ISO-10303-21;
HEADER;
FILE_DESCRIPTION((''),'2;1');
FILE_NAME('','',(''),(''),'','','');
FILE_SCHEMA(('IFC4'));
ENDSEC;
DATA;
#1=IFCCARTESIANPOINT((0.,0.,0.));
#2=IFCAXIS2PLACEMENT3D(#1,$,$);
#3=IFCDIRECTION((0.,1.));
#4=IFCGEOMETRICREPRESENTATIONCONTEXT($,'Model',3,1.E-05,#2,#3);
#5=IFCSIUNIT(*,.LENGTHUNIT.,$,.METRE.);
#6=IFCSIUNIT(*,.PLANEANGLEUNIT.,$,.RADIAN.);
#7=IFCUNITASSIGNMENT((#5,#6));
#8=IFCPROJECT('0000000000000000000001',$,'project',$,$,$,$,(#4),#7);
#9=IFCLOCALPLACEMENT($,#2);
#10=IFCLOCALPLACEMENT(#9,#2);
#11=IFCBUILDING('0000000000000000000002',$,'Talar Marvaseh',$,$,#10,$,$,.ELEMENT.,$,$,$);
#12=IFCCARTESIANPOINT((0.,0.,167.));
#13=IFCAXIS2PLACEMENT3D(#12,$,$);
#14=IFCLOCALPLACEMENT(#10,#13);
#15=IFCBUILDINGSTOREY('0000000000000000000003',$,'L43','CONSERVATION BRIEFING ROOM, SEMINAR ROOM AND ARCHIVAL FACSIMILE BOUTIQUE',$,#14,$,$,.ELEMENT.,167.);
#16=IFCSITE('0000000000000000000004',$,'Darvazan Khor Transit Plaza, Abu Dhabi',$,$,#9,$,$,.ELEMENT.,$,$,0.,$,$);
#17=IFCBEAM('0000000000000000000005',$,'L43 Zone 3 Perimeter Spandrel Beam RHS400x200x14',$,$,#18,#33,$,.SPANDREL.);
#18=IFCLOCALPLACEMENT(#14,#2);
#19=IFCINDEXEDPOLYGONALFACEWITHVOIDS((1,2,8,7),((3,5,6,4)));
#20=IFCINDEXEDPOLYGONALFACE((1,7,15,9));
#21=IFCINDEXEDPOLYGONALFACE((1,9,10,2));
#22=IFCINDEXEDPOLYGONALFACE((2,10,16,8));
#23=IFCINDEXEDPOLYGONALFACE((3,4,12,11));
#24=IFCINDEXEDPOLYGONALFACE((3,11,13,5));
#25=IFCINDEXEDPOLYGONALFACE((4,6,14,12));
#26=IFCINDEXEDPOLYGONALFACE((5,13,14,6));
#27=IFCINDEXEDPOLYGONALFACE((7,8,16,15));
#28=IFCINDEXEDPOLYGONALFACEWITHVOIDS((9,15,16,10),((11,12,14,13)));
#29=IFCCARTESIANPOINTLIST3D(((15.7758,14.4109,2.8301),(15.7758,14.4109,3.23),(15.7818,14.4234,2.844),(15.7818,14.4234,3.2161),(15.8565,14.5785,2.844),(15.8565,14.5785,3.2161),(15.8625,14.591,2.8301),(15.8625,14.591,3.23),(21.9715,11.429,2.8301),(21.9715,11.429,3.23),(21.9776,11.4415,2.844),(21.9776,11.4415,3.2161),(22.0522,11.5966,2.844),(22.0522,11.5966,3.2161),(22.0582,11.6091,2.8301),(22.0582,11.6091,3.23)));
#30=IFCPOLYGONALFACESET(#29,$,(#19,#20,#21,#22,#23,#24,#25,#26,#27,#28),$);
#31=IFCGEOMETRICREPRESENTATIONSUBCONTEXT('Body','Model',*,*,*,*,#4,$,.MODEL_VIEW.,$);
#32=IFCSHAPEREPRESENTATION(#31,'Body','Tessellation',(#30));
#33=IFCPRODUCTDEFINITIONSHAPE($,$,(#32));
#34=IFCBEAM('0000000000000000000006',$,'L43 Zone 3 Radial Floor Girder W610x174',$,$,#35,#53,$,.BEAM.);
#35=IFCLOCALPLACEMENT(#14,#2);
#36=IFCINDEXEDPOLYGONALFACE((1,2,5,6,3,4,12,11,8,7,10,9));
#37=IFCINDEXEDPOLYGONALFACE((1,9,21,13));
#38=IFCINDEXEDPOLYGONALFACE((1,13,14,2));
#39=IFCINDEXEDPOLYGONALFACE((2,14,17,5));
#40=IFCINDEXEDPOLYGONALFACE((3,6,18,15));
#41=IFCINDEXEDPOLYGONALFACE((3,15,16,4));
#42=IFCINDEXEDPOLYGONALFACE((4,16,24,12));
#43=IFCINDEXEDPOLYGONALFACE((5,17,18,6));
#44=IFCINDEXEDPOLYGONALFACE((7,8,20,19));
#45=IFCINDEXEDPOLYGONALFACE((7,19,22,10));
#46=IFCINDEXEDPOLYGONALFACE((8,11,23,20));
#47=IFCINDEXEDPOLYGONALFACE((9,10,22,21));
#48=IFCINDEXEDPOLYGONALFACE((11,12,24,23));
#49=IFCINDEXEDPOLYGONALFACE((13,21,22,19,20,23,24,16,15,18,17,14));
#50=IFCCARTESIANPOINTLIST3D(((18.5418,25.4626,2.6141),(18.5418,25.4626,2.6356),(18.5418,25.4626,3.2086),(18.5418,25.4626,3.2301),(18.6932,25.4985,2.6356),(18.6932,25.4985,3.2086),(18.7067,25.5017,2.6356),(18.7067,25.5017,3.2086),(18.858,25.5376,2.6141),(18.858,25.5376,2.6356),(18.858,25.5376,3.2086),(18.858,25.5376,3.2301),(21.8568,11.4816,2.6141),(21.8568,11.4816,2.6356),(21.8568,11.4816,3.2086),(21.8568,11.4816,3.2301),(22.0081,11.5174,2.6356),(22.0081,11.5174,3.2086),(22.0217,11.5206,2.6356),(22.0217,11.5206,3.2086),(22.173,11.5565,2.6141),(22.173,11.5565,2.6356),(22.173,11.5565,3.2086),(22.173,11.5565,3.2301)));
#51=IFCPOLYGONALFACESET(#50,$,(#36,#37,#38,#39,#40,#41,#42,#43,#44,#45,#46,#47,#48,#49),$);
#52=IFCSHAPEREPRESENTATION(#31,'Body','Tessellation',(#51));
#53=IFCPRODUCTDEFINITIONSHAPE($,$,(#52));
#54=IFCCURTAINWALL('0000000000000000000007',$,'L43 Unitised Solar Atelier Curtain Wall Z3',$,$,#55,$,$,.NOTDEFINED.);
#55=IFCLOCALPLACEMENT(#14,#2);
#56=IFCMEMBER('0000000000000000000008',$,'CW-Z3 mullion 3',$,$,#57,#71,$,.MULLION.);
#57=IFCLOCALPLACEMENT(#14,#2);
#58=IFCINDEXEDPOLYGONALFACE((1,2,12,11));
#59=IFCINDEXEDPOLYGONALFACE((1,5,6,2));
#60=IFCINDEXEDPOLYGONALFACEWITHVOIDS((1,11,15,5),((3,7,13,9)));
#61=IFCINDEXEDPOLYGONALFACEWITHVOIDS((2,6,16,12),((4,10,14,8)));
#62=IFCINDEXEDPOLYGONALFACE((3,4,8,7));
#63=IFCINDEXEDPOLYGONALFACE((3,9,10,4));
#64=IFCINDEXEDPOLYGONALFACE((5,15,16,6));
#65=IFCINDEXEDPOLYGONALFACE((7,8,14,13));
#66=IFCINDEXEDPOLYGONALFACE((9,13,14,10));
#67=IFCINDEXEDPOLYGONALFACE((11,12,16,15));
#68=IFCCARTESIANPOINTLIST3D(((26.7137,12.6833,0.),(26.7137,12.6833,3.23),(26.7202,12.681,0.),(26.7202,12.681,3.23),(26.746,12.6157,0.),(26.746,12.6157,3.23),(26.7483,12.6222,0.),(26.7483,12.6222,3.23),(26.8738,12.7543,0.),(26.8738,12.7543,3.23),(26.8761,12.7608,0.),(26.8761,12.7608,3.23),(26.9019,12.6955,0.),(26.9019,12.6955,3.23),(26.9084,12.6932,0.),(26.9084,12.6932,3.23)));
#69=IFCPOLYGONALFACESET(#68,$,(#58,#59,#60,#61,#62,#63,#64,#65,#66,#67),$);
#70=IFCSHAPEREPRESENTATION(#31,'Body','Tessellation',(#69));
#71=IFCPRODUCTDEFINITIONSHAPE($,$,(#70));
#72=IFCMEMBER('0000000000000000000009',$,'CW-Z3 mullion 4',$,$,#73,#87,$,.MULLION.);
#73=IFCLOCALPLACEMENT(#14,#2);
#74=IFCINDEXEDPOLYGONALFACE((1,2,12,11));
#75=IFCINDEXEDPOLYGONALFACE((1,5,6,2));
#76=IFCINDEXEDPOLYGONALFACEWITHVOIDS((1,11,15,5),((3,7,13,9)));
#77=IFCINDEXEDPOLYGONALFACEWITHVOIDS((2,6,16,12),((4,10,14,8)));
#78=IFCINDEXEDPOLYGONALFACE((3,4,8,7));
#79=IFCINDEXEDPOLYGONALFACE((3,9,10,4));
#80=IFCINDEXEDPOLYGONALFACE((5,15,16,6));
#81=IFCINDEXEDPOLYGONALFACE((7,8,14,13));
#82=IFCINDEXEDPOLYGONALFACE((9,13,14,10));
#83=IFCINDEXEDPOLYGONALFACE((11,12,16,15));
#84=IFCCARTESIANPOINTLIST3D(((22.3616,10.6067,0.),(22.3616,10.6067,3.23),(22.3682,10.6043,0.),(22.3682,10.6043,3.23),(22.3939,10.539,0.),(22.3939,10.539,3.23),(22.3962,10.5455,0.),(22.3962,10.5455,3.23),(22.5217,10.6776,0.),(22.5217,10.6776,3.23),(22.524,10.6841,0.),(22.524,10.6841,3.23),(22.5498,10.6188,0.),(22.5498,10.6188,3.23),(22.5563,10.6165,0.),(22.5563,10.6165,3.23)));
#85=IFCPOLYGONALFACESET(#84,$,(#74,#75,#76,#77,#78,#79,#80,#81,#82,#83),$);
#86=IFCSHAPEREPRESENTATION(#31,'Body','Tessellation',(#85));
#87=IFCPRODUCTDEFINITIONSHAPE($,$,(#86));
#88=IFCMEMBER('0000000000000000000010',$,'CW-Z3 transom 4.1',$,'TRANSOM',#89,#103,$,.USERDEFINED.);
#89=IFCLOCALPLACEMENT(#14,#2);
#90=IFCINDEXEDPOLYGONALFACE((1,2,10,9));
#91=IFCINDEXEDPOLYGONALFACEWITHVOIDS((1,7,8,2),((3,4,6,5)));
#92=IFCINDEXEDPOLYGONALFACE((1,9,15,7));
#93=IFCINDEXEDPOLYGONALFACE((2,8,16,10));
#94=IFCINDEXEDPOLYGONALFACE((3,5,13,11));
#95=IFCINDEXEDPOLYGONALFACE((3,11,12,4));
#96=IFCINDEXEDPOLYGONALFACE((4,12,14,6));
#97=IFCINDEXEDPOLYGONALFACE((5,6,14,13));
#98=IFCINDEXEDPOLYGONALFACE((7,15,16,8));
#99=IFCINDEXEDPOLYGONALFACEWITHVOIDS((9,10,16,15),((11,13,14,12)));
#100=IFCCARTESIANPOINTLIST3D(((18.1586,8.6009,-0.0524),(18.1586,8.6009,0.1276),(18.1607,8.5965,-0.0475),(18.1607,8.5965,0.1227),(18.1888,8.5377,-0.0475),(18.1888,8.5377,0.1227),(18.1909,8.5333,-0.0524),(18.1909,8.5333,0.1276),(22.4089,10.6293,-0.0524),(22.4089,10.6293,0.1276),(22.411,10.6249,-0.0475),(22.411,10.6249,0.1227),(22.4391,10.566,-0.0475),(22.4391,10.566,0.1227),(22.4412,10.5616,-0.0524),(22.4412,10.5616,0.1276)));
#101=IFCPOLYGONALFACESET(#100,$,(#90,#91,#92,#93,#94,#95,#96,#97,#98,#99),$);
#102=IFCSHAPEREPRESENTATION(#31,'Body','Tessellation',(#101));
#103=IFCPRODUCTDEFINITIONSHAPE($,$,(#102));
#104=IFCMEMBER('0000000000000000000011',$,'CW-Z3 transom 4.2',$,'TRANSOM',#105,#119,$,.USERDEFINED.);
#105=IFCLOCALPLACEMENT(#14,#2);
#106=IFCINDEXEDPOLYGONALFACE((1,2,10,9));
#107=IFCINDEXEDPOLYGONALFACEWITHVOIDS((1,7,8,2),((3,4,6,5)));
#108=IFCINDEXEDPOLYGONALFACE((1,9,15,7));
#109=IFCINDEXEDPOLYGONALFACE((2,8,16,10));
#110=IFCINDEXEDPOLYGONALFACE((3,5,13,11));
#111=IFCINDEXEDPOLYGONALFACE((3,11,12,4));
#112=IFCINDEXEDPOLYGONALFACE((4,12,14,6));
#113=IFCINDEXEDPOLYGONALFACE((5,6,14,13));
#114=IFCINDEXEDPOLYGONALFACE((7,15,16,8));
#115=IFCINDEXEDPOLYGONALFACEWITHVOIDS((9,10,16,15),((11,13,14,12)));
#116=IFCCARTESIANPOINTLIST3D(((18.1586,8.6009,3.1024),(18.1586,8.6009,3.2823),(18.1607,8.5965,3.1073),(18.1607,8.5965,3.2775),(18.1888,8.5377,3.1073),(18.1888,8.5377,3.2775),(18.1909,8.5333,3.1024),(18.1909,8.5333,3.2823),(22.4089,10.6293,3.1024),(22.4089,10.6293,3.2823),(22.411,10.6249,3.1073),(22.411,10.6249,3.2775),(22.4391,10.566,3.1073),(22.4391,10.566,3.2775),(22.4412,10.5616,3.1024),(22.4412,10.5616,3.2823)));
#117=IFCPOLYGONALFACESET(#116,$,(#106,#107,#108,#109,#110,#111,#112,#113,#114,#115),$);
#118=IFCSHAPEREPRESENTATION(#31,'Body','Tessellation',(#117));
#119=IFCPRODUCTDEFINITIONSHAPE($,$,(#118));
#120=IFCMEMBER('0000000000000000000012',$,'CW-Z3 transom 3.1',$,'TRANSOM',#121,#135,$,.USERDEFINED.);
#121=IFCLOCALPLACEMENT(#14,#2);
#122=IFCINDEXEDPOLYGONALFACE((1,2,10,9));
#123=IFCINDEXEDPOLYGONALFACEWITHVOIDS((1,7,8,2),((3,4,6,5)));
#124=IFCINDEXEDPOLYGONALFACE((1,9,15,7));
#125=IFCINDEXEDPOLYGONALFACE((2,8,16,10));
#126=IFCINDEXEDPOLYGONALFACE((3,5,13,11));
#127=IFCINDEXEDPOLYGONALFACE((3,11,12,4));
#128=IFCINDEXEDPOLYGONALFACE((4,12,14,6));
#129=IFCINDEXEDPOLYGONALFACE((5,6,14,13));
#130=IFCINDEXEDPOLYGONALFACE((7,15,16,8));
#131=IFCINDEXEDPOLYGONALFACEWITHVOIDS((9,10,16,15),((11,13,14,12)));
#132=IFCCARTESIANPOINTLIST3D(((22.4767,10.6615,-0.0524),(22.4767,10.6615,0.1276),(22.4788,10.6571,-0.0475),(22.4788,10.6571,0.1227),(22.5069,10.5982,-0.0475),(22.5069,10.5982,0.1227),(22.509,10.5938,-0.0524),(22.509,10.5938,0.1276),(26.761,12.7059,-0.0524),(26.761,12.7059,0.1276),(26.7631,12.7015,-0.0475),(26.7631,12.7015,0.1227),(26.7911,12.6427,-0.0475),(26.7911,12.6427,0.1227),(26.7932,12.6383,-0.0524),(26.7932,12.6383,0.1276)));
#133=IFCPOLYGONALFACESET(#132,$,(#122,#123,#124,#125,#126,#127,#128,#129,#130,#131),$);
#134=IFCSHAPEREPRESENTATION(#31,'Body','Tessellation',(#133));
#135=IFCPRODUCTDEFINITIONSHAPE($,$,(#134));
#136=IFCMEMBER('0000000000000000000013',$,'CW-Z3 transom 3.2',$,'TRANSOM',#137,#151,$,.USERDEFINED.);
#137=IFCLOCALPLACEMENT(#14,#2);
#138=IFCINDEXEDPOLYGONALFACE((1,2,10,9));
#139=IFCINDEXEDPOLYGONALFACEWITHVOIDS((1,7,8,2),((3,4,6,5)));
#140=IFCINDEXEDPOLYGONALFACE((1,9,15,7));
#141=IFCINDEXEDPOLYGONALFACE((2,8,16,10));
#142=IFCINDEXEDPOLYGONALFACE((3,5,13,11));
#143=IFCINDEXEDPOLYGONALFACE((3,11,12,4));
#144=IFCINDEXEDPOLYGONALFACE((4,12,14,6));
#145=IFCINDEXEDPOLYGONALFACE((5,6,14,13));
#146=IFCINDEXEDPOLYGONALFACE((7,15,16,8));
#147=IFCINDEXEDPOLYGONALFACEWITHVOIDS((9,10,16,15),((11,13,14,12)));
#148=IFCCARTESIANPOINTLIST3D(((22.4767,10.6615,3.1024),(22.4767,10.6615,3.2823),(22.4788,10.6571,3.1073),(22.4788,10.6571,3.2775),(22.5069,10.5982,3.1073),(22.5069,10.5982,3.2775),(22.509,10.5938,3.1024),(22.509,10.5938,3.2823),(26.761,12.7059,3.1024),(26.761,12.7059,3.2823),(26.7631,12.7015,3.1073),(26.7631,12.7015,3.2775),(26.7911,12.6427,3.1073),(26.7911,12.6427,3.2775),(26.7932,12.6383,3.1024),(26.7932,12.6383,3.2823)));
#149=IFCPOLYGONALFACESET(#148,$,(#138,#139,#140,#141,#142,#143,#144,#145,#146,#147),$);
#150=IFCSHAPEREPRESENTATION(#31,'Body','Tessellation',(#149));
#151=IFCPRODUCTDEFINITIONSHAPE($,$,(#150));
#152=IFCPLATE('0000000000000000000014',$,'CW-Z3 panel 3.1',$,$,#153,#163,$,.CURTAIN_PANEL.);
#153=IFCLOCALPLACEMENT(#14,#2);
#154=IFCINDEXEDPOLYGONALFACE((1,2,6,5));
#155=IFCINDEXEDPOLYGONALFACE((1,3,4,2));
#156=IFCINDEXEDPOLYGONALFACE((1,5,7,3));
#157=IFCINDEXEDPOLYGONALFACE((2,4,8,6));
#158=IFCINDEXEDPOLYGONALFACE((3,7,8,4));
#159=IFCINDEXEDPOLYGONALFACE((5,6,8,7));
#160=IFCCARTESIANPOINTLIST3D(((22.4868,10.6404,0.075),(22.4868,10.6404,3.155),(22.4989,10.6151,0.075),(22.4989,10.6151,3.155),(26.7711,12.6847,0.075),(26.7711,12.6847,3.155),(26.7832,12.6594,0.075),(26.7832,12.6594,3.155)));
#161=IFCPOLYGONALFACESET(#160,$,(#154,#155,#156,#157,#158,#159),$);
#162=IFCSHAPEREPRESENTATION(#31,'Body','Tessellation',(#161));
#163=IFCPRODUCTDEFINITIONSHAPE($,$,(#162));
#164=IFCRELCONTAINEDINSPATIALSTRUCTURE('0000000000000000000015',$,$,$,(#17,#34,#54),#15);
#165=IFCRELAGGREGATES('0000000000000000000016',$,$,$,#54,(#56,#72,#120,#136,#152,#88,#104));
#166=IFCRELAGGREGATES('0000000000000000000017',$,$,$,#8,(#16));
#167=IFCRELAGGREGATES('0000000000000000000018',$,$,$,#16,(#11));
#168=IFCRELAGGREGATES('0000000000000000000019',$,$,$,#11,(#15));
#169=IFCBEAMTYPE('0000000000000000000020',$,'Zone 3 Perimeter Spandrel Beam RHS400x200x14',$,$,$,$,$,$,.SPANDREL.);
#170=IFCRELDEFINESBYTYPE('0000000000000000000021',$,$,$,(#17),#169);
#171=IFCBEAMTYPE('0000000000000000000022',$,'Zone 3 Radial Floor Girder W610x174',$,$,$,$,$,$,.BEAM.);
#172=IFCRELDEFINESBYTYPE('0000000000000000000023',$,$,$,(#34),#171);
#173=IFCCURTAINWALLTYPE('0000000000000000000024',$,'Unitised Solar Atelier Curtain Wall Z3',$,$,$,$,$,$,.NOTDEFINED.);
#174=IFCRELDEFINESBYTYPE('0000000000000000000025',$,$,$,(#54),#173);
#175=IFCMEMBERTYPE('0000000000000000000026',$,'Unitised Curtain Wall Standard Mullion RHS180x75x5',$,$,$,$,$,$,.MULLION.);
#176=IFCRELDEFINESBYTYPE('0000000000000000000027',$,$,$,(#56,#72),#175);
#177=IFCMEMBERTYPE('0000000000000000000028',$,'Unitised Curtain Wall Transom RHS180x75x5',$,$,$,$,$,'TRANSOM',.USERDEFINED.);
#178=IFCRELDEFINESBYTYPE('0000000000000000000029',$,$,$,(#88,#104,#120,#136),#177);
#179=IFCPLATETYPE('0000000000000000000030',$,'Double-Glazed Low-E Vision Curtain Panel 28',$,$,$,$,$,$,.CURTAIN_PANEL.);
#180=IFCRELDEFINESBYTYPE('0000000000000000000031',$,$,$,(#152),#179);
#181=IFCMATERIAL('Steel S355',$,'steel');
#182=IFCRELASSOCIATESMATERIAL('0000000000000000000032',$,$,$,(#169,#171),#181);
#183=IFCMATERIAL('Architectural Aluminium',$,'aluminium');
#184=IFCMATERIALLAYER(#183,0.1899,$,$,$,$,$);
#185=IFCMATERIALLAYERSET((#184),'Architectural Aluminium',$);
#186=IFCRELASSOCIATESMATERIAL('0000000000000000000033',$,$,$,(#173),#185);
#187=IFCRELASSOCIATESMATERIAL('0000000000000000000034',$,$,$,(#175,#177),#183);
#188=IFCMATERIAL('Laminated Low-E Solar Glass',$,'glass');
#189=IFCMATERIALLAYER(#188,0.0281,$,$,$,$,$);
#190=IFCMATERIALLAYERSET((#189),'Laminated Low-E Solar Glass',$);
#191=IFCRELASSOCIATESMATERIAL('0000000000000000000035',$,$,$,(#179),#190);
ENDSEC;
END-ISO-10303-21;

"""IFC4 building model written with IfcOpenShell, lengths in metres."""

from ifc_helpers import new_model, si_unit, direction, frame, origin, origin_2d, place, context, subcontext, project, spatial, rectangle, hollow_rectangle, i_section, extrude, source, transform, mapped, material, layer, layer_set, material_profile, profile_set, type_object, type_shapes, element, aggregate, save


model = new_model("IFC4")

# Units and contexts
model_context = context("Model", 3, precision=1e-05, world=origin(), true_north=direction((0.0, 1.0)))
body_context = subcontext(model_context, "Body", "Model", "MODEL_VIEW")
ifc_project = project(units=[si_unit("LENGTHUNIT", "METRE"), si_unit("PLANEANGLEUNIT", "RADIAN")], contexts=[model_context])

# Site, building, storey
site_placement = place(None, origin())
site = spatial("IfcSite", under=ifc_project, at=site_placement, Name="Darvazan Khor Transit Plaza, Abu Dhabi", CompositionType="ELEMENT", RefElevation=0.0)
building_placement = place(site_placement, origin())
building = spatial("IfcBuilding", under=site, at=building_placement, Name="Talar Marvaseh", CompositionType="ELEMENT")
storey_placement = place(building_placement, frame((0.0, 0.0, 167.0)))
storey = spatial("IfcBuildingStorey", under=building, at=storey_placement, Name="L43", Description="CONSERVATION BRIEFING ROOM, SEMINAR ROOM AND ARCHIVAL FACSIMILE BOUTIQUE", CompositionType="ELEMENT", Elevation=167.0)

# Beams
ifc_material_1 = material(Name="Steel S355", Category="steel")
ifc_material_profile_1 = material_profile(ifc_material_1, hollow_rectangle(XDim=0.2, YDim=0.3999, WallThickness=0.0139, at=origin_2d()), Name="RHS400x200x14")
ifc_profile_set_1 = profile_set([ifc_material_profile_1], Name="Steel S355")
beam_type_1 = type_object("IfcBeamType", Name="Zone 3 Perimeter Spandrel Beam RHS400x200x14", PredefinedType="SPANDREL", material=ifc_profile_set_1)
beam_1_placement = place(storey_placement, frame((22.0149, 11.519, 3.03), z_axis=(-0.901072, 0.43367, 0.0), x_axis=(-0.43367, -0.901072, 0.0)))
element("IfcBeam", 1, at=beam_1_placement, inside=storey, type_object=beam_type_1, Name="L43 Zone 3 Perimeter Spandrel Beam RHS400x200x14", PredefinedType="SPANDREL", context=body_context, shape_type="SweptSolid", body=[
    extrude(hollow_rectangle(XDim=0.2, YDim=0.3999, WallThickness=0.0139, at=origin_2d()), origin(), (0.0, 0.0, 1.0), 6.876),
])
ifc_material_profile_2 = material_profile(ifc_material_1, i_section(OverallWidth=0.325, OverallDepth=0.616, WebThickness=0.0139, FlangeThickness=0.0215, at=origin_2d()), Name="W610x174")
ifc_profile_set_2 = profile_set([ifc_material_profile_2], Name="Steel S355")
beam_type_2 = type_object("IfcBeamType", Name="Zone 3 Radial Floor Girder W610x174", PredefinedType="BEAM", material=ifc_profile_set_2)
beam_2_placement = place(storey_placement, frame((22.0149, 11.519, 2.9221), z_axis=(-0.230708, 0.973023, 0.0), x_axis=(-0.973023, -0.230708, 0.0)))
element("IfcBeam", 2, at=beam_2_placement, inside=storey, type_object=beam_type_2, Name="L43 Zone 3 Radial Floor Girder W610x174", PredefinedType="BEAM", context=body_context, shape_type="SweptSolid", body=[
    extrude(i_section(OverallWidth=0.325, OverallDepth=0.616, WebThickness=0.0139, FlangeThickness=0.0215, at=origin_2d()), origin(), (0.0, 0.0, 1.0), 14.3687),
])

# Curtain wall, members, plate
ifc_material_2 = material(Name="Architectural Aluminium", Category="aluminium")
ifc_layer_1 = layer(ifc_material_2, 0.1899)
ifc_layer_set_1 = layer_set([ifc_layer_1], Name="Architectural Aluminium")
curtain_wall_type = type_object("IfcCurtainWallType", Name="Unitised Solar Atelier Curtain Wall Z3", PredefinedType="NOTDEFINED", material=ifc_layer_set_1)
curtain_wall_placement = place(storey_placement, origin())
curtain_wall = element("IfcCurtainWall", 3, at=curtain_wall_placement, inside=storey, type_object=curtain_wall_type, Name="L43 Unitised Solar Atelier Curtain Wall Z3", PredefinedType="NOTDEFINED")
ifc_material_profile_3 = material_profile(ifc_material_2, hollow_rectangle(XDim=0.075, YDim=0.1799, WallThickness=0.0049, at=origin_2d()), Name="RHS180x75x5")
ifc_profile_set_3 = profile_set([ifc_material_profile_3], Name="Architectural Aluminium")
member_type_1 = type_object("IfcMemberType", Name="Unitised Curtain Wall Standard Mullion RHS180x75x5", PredefinedType="MULLION", material=ifc_profile_set_3)
shared_shape_1 = source(origin(), body_context, "Body", "SweptSolid", [
    extrude(hollow_rectangle(XDim=0.075, YDim=0.1799, WallThickness=0.0049, at=origin_2d()), origin(), (0.0, 0.0, 1.0), 3.23),
])
type_shapes(member_type_1, [shared_shape_1])
member_1_placement = place(storey_placement, frame((26.811, 12.6882, 0.0), z_axis=(0.0, 0.0, 1.0), x_axis=(0.430651, -0.902519, 0.0)))
member_1 = element("IfcMember", 4, at=member_1_placement, type_object=member_type_1, Name="CW-Z3 mullion 3", PredefinedType="MULLION", context=body_context, shape_type="MappedRepresentation", body=[
    mapped(shared_shape_1, transform((0.0, 0.0, 0.0), x_axis=(1.0, 0.0, 0.0), y_axis=(0.0, 1.0, 0.0), z_axis=(0.0, 0.0, 1.0), scale=1.0)),
])
member_2_placement = place(storey_placement, frame((22.459, 10.6116, 0.0), z_axis=(0.0, 0.0, 1.0), x_axis=(0.430651, -0.902519, 0.0)))
member_2 = element("IfcMember", 5, at=member_2_placement, type_object=member_type_1, Name="CW-Z3 mullion 4", PredefinedType="MULLION", context=body_context, shape_type="MappedRepresentation", body=[
    mapped(shared_shape_1, transform((0.0, 0.0, 0.0), x_axis=(1.0, 0.0, 0.0), y_axis=(0.0, 1.0, 0.0), z_axis=(0.0, 0.0, 1.0), scale=1.0)),
])
ifc_material_profile_4 = material_profile(ifc_material_2, hollow_rectangle(XDim=0.075, YDim=0.1799, WallThickness=0.0049, at=origin_2d()), Name="RHS180x75x5")
ifc_profile_set_4 = profile_set([ifc_material_profile_4], Name="Architectural Aluminium")
member_type_2 = type_object("IfcMemberType", Name="Unitised Curtain Wall Transom RHS180x75x5", ElementType="TRANSOM", PredefinedType="USERDEFINED", material=ifc_profile_set_4)
shared_shape_2 = source(origin(), body_context, "Body", "SweptSolid", [
    extrude(hollow_rectangle(XDim=0.075, YDim=0.1799, WallThickness=0.0049, at=origin_2d()), origin(), (0.0, 0.0, 1.0), 4.7095),
])
member_3_placement = place(storey_placement, frame((22.425, 10.5955, 0.0376), z_axis=(-0.902498, -0.430694, 0.0), x_axis=(0.430694, -0.902498, 0.0)))
member_3 = element("IfcMember", 6, at=member_3_placement, type_object=member_type_2, Name="CW-Z3 transom 4.1", ObjectType="TRANSOM", PredefinedType="USERDEFINED", context=body_context, shape_type="MappedRepresentation", body=[
    mapped(shared_shape_2, transform((0.0, 0.0, 0.0), x_axis=(1.0, 0.0, 0.0), y_axis=(0.0, 1.0, 0.0), z_axis=(0.0, 0.0, 1.0), scale=1.0)),
])
member_4_placement = place(storey_placement, frame((22.425, 10.5955, 3.1924), z_axis=(-0.902498, -0.430694, 0.0), x_axis=(0.430694, -0.902498, 0.0)))
member_4 = element("IfcMember", 7, at=member_4_placement, type_object=member_type_2, Name="CW-Z3 transom 4.2", ObjectType="TRANSOM", PredefinedType="USERDEFINED", context=body_context, shape_type="MappedRepresentation", body=[
    mapped(shared_shape_2, transform((0.0, 0.0, 0.0), x_axis=(1.0, 0.0, 0.0), y_axis=(0.0, 1.0, 0.0), z_axis=(0.0, 0.0, 1.0), scale=1.0)),
])
shared_shape_3 = source(origin(), body_context, "Body", "SweptSolid", [
    extrude(hollow_rectangle(XDim=0.075, YDim=0.1799, WallThickness=0.0049, at=origin_2d()), origin(), (0.0, 0.0, 1.0), 4.7471),
])
type_shapes(member_type_2, [shared_shape_2, shared_shape_3])
member_5_placement = place(storey_placement, frame((26.7771, 12.6721, 0.0376), z_axis=(-0.902505, -0.43068, 0.0), x_axis=(0.43068, -0.902505, 0.0)))
member_5 = element("IfcMember", 8, at=member_5_placement, type_object=member_type_2, Name="CW-Z3 transom 3.1", ObjectType="TRANSOM", PredefinedType="USERDEFINED", context=body_context, shape_type="MappedRepresentation", body=[
    mapped(shared_shape_3, transform((0.0, 0.0, 0.0), x_axis=(1.0, 0.0, 0.0), y_axis=(0.0, 1.0, 0.0), z_axis=(0.0, 0.0, 1.0), scale=1.0)),
])
member_6_placement = place(storey_placement, frame((26.7771, 12.6721, 3.1924), z_axis=(-0.902505, -0.43068, 0.0), x_axis=(0.43068, -0.902505, 0.0)))
member_6 = element("IfcMember", 9, at=member_6_placement, type_object=member_type_2, Name="CW-Z3 transom 3.2", ObjectType="TRANSOM", PredefinedType="USERDEFINED", context=body_context, shape_type="MappedRepresentation", body=[
    mapped(shared_shape_3, transform((0.0, 0.0, 0.0), x_axis=(1.0, 0.0, 0.0), y_axis=(0.0, 1.0, 0.0), z_axis=(0.0, 0.0, 1.0), scale=1.0)),
])
ifc_material_3 = material(Name="Laminated Low-E Solar Glass", Category="glass")
ifc_layer_2 = layer(ifc_material_3, 0.0281)
ifc_layer_set_2 = layer_set([ifc_layer_2], Name="Laminated Low-E Solar Glass")
plate_type = type_object("IfcPlateType", Name="Double-Glazed Low-E Vision Curtain Panel 28", PredefinedType="CURTAIN_PANEL", material=ifc_layer_set_2)
shared_shape_4 = source(origin(), body_context, "Body", "SweptSolid", [
    extrude(rectangle(XDim=4.7471, YDim=0.0281, at=origin_2d()), origin(), (0.0, 0.0, 1.0), 3.0801),
])
type_shapes(plate_type, [shared_shape_4])
plate_placement = place(storey_placement, frame((24.635, 11.6499, 0.075), z_axis=(0.0, 0.0, 1.0), x_axis=(-0.902519, -0.430651, 0.0)))
plate = element("IfcPlate", 10, at=plate_placement, type_object=plate_type, Name="CW-Z3 panel 3.1", PredefinedType="CURTAIN_PANEL", context=body_context, shape_type="MappedRepresentation", body=[
    mapped(shared_shape_4, transform((0.0, 0.0, 0.0), x_axis=(1.0, 0.0, 0.0), y_axis=(0.0, 1.0, 0.0), z_axis=(0.0, 0.0, 1.0), scale=1.0)),
])
aggregate(curtain_wall, [member_1, member_2, member_5, member_6, plate, member_3, member_4])

save(model, "model.ifc")
